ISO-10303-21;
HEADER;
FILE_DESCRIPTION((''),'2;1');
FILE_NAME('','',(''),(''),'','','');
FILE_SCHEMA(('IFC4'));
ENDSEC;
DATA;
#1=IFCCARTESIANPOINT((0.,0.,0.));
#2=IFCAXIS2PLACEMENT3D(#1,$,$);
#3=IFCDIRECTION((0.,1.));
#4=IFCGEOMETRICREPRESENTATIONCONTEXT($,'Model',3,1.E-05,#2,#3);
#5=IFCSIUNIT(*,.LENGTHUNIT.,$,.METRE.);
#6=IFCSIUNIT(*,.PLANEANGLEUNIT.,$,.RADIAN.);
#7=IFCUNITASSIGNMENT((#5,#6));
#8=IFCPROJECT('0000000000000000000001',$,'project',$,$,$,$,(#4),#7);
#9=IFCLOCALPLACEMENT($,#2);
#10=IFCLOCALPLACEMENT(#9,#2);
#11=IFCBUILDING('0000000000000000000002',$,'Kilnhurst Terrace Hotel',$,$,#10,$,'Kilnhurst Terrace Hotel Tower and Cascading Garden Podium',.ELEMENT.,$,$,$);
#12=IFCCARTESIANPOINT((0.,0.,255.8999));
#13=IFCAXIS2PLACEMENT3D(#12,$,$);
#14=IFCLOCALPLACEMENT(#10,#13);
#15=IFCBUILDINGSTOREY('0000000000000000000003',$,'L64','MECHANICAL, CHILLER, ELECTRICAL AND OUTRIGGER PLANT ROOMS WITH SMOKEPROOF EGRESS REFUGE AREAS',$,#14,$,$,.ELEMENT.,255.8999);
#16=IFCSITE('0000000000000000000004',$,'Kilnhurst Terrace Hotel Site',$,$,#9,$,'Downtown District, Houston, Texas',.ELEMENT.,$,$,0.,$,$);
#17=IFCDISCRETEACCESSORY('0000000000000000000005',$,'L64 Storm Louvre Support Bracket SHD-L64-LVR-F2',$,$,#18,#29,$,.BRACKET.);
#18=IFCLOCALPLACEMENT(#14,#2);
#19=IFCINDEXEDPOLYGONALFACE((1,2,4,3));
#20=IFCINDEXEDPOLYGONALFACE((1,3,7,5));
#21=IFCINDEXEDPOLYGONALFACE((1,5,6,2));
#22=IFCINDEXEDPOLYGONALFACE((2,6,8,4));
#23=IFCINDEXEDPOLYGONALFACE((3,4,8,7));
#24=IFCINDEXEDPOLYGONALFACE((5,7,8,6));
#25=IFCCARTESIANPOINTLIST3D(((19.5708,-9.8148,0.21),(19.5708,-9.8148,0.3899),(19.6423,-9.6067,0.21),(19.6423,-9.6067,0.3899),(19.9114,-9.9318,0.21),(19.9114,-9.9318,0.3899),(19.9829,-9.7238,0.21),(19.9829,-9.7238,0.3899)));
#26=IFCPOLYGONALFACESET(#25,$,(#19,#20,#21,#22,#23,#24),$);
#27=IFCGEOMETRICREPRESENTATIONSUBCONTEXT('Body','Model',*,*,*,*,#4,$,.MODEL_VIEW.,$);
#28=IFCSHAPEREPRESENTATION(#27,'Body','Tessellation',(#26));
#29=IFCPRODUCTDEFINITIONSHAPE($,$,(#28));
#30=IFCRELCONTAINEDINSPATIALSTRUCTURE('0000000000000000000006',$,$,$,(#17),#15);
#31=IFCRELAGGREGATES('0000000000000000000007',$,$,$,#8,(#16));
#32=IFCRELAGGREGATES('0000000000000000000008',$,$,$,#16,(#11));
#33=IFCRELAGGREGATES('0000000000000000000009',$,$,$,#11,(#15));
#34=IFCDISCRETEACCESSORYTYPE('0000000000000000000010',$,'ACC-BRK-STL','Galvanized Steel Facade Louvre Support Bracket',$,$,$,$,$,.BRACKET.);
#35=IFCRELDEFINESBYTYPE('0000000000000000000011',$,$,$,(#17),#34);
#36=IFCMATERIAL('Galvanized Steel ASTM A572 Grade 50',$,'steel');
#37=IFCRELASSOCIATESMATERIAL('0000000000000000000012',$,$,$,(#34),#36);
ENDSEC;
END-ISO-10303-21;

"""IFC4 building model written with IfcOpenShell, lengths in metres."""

from ifc_helpers import new_model, si_unit, direction, frame, origin, origin_2d, place, context, subcontext, project, spatial, rectangle, extrude, material, type_object, element, save


model = new_model("IFC4")

# Units and contexts
model_context = context("Model", 3, precision=1e-05, world=origin(), true_north=direction((0.0, 1.0)))
body_context = subcontext(model_context, "Body", "Model", "MODEL_VIEW")
ifc_project = project(units=[si_unit("LENGTHUNIT", "METRE"), si_unit("PLANEANGLEUNIT", "RADIAN")], contexts=[model_context])

# Site, building, storey
site_placement = place(None, origin())
site = spatial("IfcSite", under=ifc_project, at=site_placement, Name="Kilnhurst Terrace Hotel Site", LongName="Downtown District, Houston, Texas", CompositionType="ELEMENT", RefElevation=0.0)
building_placement = place(site_placement, origin())
building = spatial("IfcBuilding", under=site, at=building_placement, Name="Kilnhurst Terrace Hotel", LongName="Kilnhurst Terrace Hotel Tower and Cascading Garden Podium", CompositionType="ELEMENT")
storey_placement = place(building_placement, frame((0.0, 0.0, 255.8999)))
storey = spatial("IfcBuildingStorey", under=building, at=storey_placement, Name="L64", Description="MECHANICAL, CHILLER, ELECTRICAL AND OUTRIGGER PLANT ROOMS WITH SMOKEPROOF EGRESS REFUGE AREAS", CompositionType="ELEMENT", Elevation=255.8999)

# Discrete accessory
ifc_material_1 = material(Name="Galvanized Steel ASTM A572 Grade 50", Category="steel")
discrete_accessory_type = type_object("IfcDiscreteAccessoryType", Name="ACC-BRK-STL", Description="Galvanized Steel Facade Louvre Support Bracket", PredefinedType="BRACKET", material=ifc_material_1)
discrete_accessory_placement = place(storey_placement, frame((19.7769, -9.7693, 0.21), z_axis=(0.0, 0.0, 1.0), x_axis=(0.32509, 0.945683, 0.0)))
element("IfcDiscreteAccessory", 1, at=discrete_accessory_placement, inside=storey, type_object=discrete_accessory_type, Name="L64 Storm Louvre Support Bracket SHD-L64-LVR-F2", PredefinedType="BRACKET", context=body_context, shape_type="SweptSolid", body=[
    extrude(rectangle(XDim=0.22, YDim=0.3601, at=origin_2d()), origin(), (0.0, 0.0, 1.0), 0.1799),
])

save(model, "model.ifc")
